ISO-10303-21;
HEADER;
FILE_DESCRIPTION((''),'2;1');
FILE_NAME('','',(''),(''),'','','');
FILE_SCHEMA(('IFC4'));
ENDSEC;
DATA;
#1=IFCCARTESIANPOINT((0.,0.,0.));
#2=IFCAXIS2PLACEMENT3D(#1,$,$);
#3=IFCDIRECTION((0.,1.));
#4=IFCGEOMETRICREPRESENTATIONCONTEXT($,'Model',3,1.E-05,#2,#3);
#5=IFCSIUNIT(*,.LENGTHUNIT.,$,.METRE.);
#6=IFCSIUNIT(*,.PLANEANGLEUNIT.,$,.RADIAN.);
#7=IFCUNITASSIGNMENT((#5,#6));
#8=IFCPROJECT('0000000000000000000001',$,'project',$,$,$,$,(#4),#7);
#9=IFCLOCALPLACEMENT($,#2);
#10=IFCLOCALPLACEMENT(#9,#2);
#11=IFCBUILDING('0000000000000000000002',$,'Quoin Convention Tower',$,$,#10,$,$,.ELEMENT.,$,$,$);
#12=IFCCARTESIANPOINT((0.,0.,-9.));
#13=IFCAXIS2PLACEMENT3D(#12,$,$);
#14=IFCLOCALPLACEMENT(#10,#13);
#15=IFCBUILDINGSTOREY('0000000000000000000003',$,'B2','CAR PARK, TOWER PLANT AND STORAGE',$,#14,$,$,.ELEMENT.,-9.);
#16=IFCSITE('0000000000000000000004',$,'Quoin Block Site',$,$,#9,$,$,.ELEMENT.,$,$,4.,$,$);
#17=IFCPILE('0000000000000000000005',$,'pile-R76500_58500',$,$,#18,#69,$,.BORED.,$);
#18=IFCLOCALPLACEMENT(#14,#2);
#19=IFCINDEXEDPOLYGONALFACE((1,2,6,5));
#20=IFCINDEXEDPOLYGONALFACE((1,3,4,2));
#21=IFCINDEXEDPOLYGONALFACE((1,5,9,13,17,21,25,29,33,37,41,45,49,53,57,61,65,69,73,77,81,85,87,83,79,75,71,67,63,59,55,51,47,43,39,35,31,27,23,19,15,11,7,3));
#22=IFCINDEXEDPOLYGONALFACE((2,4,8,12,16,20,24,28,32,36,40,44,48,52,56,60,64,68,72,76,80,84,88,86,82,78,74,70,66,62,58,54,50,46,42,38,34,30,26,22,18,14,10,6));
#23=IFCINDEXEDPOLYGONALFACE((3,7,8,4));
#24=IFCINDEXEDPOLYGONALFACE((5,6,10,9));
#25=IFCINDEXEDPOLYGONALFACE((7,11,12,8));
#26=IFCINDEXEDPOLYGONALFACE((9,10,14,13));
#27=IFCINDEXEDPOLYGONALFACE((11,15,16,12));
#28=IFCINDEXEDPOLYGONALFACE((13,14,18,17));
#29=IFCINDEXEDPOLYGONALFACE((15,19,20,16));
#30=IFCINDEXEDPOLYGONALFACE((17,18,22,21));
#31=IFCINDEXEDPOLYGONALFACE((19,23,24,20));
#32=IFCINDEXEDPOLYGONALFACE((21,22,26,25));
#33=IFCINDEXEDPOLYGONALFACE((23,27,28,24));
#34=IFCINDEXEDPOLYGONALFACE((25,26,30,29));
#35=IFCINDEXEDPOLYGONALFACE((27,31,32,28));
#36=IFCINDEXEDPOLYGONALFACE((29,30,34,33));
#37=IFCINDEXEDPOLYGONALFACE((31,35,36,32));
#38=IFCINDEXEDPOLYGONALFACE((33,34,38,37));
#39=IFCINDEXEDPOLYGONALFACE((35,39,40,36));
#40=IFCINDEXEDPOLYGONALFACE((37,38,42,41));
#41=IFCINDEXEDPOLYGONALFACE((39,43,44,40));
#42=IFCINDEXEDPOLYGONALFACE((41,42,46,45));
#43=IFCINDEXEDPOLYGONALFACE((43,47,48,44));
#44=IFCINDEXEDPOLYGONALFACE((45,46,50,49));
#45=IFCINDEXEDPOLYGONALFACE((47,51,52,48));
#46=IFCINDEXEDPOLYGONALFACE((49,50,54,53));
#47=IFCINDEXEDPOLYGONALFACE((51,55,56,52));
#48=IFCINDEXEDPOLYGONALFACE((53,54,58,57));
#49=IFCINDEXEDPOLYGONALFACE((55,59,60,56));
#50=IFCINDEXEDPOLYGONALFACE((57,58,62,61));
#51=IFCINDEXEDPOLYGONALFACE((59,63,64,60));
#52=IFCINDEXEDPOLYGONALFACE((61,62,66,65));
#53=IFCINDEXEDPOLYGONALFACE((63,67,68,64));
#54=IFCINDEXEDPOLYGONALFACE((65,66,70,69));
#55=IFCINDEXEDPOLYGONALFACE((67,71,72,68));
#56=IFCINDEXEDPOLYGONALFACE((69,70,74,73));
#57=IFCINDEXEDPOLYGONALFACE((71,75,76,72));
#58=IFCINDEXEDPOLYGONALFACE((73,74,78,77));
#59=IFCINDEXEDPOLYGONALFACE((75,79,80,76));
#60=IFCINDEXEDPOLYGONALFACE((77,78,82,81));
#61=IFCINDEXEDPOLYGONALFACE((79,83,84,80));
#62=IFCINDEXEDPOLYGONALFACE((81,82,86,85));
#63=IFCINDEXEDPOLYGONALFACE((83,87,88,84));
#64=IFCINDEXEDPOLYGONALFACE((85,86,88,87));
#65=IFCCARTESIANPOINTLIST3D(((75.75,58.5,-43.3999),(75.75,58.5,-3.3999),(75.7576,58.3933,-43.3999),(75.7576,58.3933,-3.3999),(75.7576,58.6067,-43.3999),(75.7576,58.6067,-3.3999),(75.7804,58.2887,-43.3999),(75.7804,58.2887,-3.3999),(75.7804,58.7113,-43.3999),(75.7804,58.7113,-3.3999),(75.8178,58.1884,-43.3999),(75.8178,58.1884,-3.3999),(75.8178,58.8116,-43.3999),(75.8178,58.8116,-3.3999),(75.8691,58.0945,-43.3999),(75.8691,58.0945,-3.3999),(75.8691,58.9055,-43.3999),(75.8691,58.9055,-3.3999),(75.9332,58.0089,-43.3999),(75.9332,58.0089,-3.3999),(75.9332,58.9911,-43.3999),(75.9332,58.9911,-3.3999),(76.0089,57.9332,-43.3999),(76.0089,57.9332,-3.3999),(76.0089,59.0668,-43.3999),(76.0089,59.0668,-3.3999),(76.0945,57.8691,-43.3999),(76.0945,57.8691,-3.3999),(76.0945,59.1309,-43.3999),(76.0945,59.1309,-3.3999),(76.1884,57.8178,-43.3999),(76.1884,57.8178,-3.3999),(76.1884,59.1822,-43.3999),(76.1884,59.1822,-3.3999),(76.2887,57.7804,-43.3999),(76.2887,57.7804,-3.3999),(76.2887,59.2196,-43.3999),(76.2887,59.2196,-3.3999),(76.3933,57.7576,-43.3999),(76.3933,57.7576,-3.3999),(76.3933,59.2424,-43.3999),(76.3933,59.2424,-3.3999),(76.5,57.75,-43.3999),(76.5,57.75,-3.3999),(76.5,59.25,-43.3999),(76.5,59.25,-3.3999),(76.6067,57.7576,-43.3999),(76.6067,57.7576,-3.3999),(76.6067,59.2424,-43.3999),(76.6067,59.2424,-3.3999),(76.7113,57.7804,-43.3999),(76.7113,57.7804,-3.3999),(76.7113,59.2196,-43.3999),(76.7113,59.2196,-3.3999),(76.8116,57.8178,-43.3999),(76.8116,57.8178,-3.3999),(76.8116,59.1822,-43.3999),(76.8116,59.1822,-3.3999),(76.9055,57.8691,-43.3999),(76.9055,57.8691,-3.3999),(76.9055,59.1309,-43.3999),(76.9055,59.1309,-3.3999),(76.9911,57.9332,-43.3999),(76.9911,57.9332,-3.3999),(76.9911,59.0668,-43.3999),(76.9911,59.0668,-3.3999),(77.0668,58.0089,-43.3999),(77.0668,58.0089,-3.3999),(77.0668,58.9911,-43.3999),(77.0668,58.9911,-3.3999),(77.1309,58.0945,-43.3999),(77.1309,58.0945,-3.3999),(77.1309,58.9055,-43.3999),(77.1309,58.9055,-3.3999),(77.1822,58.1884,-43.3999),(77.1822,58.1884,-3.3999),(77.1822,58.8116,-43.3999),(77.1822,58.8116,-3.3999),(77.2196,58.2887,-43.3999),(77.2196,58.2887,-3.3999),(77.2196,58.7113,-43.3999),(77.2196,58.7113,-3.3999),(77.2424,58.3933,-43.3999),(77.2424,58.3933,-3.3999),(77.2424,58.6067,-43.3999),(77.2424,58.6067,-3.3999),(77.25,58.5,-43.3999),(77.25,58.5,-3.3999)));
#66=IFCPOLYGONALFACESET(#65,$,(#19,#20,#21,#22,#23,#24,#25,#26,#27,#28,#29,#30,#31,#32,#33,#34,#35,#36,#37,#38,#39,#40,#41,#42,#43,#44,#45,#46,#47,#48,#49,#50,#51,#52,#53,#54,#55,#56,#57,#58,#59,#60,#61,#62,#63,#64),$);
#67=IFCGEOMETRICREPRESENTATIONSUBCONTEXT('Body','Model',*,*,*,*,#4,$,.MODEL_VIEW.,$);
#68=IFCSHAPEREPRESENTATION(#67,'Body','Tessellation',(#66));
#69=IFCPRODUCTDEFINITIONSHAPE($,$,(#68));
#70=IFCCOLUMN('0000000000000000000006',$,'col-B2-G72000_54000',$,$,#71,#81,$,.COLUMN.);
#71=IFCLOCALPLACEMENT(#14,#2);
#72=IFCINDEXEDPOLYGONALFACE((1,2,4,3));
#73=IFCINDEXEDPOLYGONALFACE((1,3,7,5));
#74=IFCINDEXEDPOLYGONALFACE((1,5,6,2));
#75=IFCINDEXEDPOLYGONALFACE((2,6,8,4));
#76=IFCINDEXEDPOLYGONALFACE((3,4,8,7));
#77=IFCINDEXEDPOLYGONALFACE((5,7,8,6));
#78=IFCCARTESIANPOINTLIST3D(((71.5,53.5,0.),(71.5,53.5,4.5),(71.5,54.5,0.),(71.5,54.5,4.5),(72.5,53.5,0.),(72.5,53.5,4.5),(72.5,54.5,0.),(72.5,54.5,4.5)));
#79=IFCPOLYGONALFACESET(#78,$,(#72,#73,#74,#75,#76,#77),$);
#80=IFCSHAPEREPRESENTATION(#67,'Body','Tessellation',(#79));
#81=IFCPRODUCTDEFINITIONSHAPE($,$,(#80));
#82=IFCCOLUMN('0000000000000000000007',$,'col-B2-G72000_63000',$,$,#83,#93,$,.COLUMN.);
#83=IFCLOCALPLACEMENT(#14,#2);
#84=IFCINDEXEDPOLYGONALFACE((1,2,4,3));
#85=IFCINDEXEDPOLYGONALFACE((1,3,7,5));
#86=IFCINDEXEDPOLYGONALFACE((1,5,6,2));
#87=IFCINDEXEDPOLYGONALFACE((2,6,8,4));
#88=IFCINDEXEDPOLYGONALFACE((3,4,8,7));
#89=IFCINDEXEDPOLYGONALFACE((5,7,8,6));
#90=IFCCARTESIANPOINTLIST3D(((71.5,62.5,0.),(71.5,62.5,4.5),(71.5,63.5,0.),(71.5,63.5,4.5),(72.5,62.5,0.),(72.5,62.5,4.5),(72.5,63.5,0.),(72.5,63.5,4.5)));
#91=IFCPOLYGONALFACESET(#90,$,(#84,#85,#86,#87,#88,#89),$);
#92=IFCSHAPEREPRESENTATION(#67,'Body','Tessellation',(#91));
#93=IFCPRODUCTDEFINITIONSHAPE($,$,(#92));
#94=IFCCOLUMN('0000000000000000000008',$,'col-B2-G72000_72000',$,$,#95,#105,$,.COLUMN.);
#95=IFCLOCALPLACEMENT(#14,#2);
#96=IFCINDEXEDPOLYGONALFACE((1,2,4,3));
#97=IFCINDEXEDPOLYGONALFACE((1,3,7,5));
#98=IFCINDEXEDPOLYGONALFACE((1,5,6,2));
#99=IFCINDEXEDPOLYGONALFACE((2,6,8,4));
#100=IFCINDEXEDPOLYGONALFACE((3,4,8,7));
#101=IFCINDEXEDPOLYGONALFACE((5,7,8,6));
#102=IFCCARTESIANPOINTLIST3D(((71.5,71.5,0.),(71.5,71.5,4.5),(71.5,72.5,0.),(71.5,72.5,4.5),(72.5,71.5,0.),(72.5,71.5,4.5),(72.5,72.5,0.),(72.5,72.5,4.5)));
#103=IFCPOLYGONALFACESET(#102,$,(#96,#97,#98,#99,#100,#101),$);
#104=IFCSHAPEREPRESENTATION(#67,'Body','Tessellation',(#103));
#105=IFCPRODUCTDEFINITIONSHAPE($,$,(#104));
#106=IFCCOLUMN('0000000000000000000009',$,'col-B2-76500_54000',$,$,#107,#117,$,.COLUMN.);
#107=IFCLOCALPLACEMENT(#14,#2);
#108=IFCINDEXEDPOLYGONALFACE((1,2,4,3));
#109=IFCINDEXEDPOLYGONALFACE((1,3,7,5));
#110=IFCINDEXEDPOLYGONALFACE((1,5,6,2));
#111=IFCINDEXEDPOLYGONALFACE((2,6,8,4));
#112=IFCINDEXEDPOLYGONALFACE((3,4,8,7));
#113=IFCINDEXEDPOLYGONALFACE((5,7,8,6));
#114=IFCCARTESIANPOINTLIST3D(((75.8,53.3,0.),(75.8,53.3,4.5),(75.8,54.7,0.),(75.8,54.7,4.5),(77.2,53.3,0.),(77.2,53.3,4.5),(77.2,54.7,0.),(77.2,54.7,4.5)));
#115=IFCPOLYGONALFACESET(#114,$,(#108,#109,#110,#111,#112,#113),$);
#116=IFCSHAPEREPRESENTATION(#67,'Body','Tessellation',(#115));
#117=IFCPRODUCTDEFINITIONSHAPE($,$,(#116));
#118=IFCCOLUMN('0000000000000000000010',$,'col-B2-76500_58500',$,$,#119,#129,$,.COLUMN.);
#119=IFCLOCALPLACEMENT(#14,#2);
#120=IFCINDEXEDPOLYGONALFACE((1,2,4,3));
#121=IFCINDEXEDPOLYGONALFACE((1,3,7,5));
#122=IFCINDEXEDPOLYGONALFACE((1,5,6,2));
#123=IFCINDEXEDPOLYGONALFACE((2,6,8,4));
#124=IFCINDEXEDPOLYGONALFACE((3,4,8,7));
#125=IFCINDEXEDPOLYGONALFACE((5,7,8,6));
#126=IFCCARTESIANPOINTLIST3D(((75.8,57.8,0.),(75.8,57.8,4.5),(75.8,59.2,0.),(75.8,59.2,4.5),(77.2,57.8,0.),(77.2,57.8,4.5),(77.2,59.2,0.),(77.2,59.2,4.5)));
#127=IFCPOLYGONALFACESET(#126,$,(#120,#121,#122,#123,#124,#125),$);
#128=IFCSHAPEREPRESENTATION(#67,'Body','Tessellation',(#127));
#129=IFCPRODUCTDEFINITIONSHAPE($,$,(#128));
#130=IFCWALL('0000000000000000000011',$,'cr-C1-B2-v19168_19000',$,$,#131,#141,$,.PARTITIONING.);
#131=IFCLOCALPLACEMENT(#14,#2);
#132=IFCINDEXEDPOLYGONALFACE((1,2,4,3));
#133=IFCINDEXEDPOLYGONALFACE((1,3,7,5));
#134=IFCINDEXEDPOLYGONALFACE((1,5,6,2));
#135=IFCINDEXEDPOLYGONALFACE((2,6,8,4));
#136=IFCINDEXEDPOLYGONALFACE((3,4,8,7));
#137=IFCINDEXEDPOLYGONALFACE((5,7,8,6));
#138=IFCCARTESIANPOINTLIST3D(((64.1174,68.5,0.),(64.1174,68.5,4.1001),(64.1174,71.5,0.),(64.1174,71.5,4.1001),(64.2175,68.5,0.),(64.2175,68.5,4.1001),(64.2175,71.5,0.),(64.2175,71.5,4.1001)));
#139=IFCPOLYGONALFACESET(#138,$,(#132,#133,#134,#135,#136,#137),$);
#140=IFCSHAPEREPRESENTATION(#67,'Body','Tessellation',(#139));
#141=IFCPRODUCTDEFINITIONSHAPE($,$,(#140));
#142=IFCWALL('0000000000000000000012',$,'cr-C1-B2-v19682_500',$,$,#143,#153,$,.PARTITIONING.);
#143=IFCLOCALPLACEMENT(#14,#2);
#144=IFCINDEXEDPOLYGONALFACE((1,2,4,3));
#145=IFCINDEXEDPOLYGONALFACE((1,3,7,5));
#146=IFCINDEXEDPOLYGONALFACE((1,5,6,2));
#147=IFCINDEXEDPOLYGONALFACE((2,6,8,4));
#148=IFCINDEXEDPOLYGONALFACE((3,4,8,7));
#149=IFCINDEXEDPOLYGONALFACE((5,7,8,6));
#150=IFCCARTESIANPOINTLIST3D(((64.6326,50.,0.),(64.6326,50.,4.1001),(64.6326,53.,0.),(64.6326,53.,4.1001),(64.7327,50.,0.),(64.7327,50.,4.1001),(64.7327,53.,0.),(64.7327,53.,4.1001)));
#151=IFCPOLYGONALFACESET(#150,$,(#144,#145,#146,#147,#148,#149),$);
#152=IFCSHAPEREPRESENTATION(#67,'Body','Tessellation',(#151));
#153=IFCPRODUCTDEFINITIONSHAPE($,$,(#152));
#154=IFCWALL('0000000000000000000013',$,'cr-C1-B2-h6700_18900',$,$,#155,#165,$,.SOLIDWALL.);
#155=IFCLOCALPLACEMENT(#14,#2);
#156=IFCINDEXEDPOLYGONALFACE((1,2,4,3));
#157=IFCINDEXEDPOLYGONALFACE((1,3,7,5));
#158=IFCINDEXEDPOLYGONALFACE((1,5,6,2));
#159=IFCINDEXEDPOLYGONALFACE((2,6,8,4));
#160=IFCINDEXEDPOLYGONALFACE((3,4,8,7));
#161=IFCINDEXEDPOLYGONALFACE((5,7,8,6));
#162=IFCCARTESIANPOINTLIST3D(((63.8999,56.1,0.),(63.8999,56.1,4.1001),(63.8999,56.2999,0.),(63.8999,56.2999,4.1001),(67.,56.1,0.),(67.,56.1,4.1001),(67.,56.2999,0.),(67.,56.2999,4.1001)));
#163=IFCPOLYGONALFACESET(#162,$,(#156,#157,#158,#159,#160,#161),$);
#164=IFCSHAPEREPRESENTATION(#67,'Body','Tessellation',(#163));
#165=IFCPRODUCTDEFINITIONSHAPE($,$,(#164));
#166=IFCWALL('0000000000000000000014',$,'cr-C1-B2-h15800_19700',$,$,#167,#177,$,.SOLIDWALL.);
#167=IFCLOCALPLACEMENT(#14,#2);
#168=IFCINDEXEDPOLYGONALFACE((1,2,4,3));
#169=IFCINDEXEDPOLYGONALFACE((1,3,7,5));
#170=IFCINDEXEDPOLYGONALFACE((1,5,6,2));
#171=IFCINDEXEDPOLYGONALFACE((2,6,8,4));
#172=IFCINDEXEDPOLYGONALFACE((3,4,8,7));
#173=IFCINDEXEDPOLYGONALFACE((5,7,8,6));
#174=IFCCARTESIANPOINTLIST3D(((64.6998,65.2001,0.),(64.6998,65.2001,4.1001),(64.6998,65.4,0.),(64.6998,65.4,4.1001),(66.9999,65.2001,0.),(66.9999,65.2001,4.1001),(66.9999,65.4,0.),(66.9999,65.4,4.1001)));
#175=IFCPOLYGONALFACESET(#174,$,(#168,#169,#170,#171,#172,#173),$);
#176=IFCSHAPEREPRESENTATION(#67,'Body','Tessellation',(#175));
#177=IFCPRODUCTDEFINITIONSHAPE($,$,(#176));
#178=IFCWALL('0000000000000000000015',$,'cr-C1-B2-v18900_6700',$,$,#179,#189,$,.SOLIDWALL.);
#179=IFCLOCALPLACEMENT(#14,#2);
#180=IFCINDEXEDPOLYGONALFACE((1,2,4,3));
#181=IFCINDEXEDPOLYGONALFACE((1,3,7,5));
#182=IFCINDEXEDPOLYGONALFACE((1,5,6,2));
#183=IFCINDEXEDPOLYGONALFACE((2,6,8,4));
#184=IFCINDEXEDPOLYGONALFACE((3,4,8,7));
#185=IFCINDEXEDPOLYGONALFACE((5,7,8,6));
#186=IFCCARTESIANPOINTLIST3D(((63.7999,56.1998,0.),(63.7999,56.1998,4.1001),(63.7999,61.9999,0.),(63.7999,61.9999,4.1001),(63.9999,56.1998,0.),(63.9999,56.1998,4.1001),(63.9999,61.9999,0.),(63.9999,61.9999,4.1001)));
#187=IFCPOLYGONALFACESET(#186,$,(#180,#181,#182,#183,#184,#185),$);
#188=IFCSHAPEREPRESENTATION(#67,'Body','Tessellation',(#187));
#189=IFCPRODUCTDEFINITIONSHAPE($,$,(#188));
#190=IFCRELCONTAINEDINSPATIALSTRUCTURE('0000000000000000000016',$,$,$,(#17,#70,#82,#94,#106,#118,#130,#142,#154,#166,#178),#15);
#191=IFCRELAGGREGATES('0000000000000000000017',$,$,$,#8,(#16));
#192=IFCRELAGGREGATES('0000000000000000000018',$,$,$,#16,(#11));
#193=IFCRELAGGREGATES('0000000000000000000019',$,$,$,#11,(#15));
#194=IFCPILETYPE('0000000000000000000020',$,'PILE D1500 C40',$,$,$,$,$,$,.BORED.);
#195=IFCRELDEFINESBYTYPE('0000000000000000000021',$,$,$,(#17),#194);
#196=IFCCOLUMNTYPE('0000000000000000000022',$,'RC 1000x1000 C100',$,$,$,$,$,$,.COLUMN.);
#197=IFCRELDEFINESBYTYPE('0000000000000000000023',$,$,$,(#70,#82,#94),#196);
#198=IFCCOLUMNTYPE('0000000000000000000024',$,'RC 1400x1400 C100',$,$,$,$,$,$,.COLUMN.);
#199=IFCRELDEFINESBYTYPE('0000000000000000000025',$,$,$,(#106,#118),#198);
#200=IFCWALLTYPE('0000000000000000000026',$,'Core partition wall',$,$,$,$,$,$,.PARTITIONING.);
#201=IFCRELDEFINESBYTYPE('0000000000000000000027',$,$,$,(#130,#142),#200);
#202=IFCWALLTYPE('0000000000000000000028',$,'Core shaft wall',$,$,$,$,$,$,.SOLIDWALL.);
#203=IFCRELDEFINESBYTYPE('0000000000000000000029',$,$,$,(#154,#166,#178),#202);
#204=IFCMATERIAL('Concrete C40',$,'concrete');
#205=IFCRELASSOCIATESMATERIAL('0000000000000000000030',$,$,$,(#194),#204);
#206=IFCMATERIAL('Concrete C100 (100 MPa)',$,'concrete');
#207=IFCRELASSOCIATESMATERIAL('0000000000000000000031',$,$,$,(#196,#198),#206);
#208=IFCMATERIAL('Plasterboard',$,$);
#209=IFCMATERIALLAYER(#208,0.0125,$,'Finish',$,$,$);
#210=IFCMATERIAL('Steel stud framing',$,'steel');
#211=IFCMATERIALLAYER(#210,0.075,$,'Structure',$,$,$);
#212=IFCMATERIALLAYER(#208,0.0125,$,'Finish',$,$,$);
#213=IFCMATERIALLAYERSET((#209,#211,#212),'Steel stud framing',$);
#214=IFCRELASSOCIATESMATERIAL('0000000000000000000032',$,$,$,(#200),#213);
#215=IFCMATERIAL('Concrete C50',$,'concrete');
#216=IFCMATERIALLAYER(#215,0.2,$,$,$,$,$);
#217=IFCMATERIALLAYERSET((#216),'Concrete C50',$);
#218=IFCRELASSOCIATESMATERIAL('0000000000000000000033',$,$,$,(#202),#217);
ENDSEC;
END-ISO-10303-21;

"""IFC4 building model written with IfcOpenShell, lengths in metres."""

from ifc_helpers import new_model, si_unit, direction, frame, frame_2d, origin, origin_2d, place, context, subcontext, project, spatial, rectangle, circle, extrude, material, layer, layer_set, material_profile, profile_set, type_object, element, save


model = new_model("IFC4")

# Units and contexts
model_context = context("Model", 3, precision=1e-05, world=origin(), true_north=direction((0.0, 1.0)))
body_context = subcontext(model_context, "Body", "Model", "MODEL_VIEW")
ifc_project = project(units=[si_unit("LENGTHUNIT", "METRE"), si_unit("PLANEANGLEUNIT", "RADIAN")], contexts=[model_context])

# Site, building, storey
site_placement = place(None, origin())
site = spatial("IfcSite", under=ifc_project, at=site_placement, Name="Quoin Block Site", CompositionType="ELEMENT", RefElevation=4.0)
building_placement = place(site_placement, origin())
building = spatial("IfcBuilding", under=site, at=building_placement, Name="Quoin Convention Tower", CompositionType="ELEMENT")
storey_placement = place(building_placement, frame((0.0, 0.0, -9.0)))
storey = spatial("IfcBuildingStorey", under=building, at=storey_placement, Name="B2", Description="CAR PARK, TOWER PLANT AND STORAGE", CompositionType="ELEMENT", Elevation=-9.0)

# Pile
ifc_material_1 = material(Name="Concrete C40", Category="concrete")
ifc_material_profile_1 = material_profile(ifc_material_1, circle(Radius=0.75, at=origin_2d()), Name="D1500")
ifc_profile_set_1 = profile_set([ifc_material_profile_1], Name="Concrete C40")
pile_type = type_object("IfcPileType", Name="PILE D1500 C40", PredefinedType="BORED", material=ifc_profile_set_1)
for number, where, z_axis, x_axis, name in (
    (1, (76.5, 58.5, -3.3999), (0.0, 0.0, -1.0), (1.0, 0.0, 0.0), "pile-R76500_58500"),
):
    element("IfcPile", number, at=place(storey_placement, frame(where, z_axis=z_axis, x_axis=x_axis)), inside=storey, type_object=pile_type, Name=name, PredefinedType="BORED", context=body_context, shape_type="SweptSolid", body=[
        extrude(circle(Radius=0.75, at=origin_2d()), origin(), (0.0, 0.0, 1.0), 40.0),
    ])

# Columns
ifc_material_2 = material(Name="Concrete C100 (100 MPa)", Category="concrete")
ifc_material_profile_2 = material_profile(ifc_material_2, rectangle(XDim=1.0, YDim=1.0, at=origin_2d()), Name="RC 1000x1000")
ifc_profile_set_2 = profile_set([ifc_material_profile_2], Name="Concrete C100 (100 MPa)")
column_type_1 = type_object("IfcColumnType", Name="RC 1000x1000 C100", PredefinedType="COLUMN", material=ifc_profile_set_2)
for number, where, z_axis, x_axis, name in (
    (2, (72.0, 54.0, 0.0), (0.0, 0.0, 1.0), (1.0, 0.0, 0.0), "col-B2-G72000_54000"),
    (3, (72.0, 63.0, 0.0), (0.0, 0.0, 1.0), (1.0, 0.0, 0.0), "col-B2-G72000_63000"),
    (4, (72.0, 72.0, 0.0), (0.0, 0.0, 1.0), (1.0, 0.0, 0.0), "col-B2-G72000_72000"),
):
    element("IfcColumn", number, at=place(storey_placement, frame(where, z_axis=z_axis, x_axis=x_axis)), inside=storey, type_object=column_type_1, Name=name, PredefinedType="COLUMN", context=body_context, shape_type="SweptSolid", body=[
        extrude(rectangle(XDim=1.0, YDim=1.0, at=origin_2d()), origin(), (0.0, 0.0, 1.0), 4.5),
    ])
ifc_material_profile_3 = material_profile(ifc_material_2, rectangle(XDim=1.3999, YDim=1.3999, at=origin_2d()), Name="RC 1400x1400")
ifc_profile_set_3 = profile_set([ifc_material_profile_3], Name="Concrete C100 (100 MPa)")
column_type_2 = type_object("IfcColumnType", Name="RC 1400x1400 C100", PredefinedType="COLUMN", material=ifc_profile_set_3)
for number, where, z_axis, x_axis, name in (
    (5, (76.5, 54.0, 0.0), (0.0, 0.0, 1.0), (1.0, 0.0, 0.0), "col-B2-76500_54000"),
    (6, (76.5, 58.5, 0.0), (0.0, 0.0, 1.0), (1.0, 0.0, 0.0), "col-B2-76500_58500"),
):
    element("IfcColumn", number, at=place(storey_placement, frame(where, z_axis=z_axis, x_axis=x_axis)), inside=storey, type_object=column_type_2, Name=name, PredefinedType="COLUMN", context=body_context, shape_type="SweptSolid", body=[
        extrude(rectangle(XDim=1.3999, YDim=1.3999, at=origin_2d()), origin(), (0.0, 0.0, 1.0), 4.5),
    ])

# Walls
ifc_material_3 = material(Name="Plasterboard")
ifc_layer_1 = layer(ifc_material_3, 0.0125, Name="Finish")
ifc_material_4 = material(Name="Steel stud framing", Category="steel")
ifc_layer_2 = layer(ifc_material_4, 0.075, Name="Structure")
ifc_layer_3 = layer(ifc_material_3, 0.0125, Name="Finish")
ifc_layer_set_1 = layer_set([ifc_layer_1, ifc_layer_2, ifc_layer_3], Name="Steel stud framing")
wall_type_1 = type_object("IfcWallType", Name="Core partition wall", PredefinedType="PARTITIONING", material=ifc_layer_set_1)
for number, where, z_axis, x_axis, name in (
    (7, (64.1675, 68.5, 0.0), (0.0, 0.0, 1.0), (0.0, 1.0, 0.0), "cr-C1-B2-v19168_19000"),
    (8, (64.6826, 50.0, 0.0), (0.0, 0.0, 1.0), (0.0, 1.0, 0.0), "cr-C1-B2-v19682_500"),
):
    element("IfcWall", number, at=place(storey_placement, frame(where, z_axis=z_axis, x_axis=x_axis)), inside=storey, type_object=wall_type_1, Name=name, PredefinedType="PARTITIONING", context=body_context, shape_type="SweptSolid", body=[
        extrude(rectangle(XDim=3.0, YDim=0.1001, at=frame_2d((1.5, 0.0))), origin(), (0.0, 0.0, 1.0), 4.1001),
    ])
ifc_material_5 = material(Name="Concrete C50", Category="concrete")
ifc_layer_4 = layer(ifc_material_5, 0.2)
ifc_layer_set_2 = layer_set([ifc_layer_4], Name="Concrete C50")
wall_type_2 = type_object("IfcWallType", Name="Core shaft wall", PredefinedType="SOLIDWALL", material=ifc_layer_set_2)
wall_1_placement = place(storey_placement, frame((63.8999, 56.2, 0.0), z_axis=(0.0, 0.0, 1.0), x_axis=(1.0, 0.0, 0.0)))
element("IfcWall", 9, at=wall_1_placement, inside=storey, type_object=wall_type_2, Name="cr-C1-B2-h6700_18900", PredefinedType="SOLIDWALL", context=body_context, shape_type="SweptSolid", body=[
    extrude(rectangle(XDim=3.1001, YDim=0.2, at=frame_2d((1.55, 0.0))), origin(), (0.0, 0.0, 1.0), 4.1001),
])
wall_2_placement = place(storey_placement, frame((64.7, 65.3, 0.0), z_axis=(0.0, 0.0, 1.0), x_axis=(1.0, 0.0, 0.0)))
element("IfcWall", 10, at=wall_2_placement, inside=storey, type_object=wall_type_2, Name="cr-C1-B2-h15800_19700", PredefinedType="SOLIDWALL", context=body_context, shape_type="SweptSolid", body=[
    extrude(rectangle(XDim=2.3, YDim=0.2, at=frame_2d((1.1499, 0.0))), origin(), (0.0, 0.0, 1.0), 4.1001),
])
wall_3_placement = place(storey_placement, frame((63.8999, 56.2, 0.0), z_axis=(0.0, 0.0, 1.0), x_axis=(0.0, 1.0, 0.0)))
element("IfcWall", 11, at=wall_3_placement, inside=storey, type_object=wall_type_2, Name="cr-C1-B2-v18900_6700", PredefinedType="SOLIDWALL", context=body_context, shape_type="SweptSolid", body=[
    extrude(rectangle(XDim=5.8, YDim=0.2, at=frame_2d((2.8999, 0.0))), origin(), (0.0, 0.0, 1.0), 4.1001),
])

save(model, "model.ifc")
